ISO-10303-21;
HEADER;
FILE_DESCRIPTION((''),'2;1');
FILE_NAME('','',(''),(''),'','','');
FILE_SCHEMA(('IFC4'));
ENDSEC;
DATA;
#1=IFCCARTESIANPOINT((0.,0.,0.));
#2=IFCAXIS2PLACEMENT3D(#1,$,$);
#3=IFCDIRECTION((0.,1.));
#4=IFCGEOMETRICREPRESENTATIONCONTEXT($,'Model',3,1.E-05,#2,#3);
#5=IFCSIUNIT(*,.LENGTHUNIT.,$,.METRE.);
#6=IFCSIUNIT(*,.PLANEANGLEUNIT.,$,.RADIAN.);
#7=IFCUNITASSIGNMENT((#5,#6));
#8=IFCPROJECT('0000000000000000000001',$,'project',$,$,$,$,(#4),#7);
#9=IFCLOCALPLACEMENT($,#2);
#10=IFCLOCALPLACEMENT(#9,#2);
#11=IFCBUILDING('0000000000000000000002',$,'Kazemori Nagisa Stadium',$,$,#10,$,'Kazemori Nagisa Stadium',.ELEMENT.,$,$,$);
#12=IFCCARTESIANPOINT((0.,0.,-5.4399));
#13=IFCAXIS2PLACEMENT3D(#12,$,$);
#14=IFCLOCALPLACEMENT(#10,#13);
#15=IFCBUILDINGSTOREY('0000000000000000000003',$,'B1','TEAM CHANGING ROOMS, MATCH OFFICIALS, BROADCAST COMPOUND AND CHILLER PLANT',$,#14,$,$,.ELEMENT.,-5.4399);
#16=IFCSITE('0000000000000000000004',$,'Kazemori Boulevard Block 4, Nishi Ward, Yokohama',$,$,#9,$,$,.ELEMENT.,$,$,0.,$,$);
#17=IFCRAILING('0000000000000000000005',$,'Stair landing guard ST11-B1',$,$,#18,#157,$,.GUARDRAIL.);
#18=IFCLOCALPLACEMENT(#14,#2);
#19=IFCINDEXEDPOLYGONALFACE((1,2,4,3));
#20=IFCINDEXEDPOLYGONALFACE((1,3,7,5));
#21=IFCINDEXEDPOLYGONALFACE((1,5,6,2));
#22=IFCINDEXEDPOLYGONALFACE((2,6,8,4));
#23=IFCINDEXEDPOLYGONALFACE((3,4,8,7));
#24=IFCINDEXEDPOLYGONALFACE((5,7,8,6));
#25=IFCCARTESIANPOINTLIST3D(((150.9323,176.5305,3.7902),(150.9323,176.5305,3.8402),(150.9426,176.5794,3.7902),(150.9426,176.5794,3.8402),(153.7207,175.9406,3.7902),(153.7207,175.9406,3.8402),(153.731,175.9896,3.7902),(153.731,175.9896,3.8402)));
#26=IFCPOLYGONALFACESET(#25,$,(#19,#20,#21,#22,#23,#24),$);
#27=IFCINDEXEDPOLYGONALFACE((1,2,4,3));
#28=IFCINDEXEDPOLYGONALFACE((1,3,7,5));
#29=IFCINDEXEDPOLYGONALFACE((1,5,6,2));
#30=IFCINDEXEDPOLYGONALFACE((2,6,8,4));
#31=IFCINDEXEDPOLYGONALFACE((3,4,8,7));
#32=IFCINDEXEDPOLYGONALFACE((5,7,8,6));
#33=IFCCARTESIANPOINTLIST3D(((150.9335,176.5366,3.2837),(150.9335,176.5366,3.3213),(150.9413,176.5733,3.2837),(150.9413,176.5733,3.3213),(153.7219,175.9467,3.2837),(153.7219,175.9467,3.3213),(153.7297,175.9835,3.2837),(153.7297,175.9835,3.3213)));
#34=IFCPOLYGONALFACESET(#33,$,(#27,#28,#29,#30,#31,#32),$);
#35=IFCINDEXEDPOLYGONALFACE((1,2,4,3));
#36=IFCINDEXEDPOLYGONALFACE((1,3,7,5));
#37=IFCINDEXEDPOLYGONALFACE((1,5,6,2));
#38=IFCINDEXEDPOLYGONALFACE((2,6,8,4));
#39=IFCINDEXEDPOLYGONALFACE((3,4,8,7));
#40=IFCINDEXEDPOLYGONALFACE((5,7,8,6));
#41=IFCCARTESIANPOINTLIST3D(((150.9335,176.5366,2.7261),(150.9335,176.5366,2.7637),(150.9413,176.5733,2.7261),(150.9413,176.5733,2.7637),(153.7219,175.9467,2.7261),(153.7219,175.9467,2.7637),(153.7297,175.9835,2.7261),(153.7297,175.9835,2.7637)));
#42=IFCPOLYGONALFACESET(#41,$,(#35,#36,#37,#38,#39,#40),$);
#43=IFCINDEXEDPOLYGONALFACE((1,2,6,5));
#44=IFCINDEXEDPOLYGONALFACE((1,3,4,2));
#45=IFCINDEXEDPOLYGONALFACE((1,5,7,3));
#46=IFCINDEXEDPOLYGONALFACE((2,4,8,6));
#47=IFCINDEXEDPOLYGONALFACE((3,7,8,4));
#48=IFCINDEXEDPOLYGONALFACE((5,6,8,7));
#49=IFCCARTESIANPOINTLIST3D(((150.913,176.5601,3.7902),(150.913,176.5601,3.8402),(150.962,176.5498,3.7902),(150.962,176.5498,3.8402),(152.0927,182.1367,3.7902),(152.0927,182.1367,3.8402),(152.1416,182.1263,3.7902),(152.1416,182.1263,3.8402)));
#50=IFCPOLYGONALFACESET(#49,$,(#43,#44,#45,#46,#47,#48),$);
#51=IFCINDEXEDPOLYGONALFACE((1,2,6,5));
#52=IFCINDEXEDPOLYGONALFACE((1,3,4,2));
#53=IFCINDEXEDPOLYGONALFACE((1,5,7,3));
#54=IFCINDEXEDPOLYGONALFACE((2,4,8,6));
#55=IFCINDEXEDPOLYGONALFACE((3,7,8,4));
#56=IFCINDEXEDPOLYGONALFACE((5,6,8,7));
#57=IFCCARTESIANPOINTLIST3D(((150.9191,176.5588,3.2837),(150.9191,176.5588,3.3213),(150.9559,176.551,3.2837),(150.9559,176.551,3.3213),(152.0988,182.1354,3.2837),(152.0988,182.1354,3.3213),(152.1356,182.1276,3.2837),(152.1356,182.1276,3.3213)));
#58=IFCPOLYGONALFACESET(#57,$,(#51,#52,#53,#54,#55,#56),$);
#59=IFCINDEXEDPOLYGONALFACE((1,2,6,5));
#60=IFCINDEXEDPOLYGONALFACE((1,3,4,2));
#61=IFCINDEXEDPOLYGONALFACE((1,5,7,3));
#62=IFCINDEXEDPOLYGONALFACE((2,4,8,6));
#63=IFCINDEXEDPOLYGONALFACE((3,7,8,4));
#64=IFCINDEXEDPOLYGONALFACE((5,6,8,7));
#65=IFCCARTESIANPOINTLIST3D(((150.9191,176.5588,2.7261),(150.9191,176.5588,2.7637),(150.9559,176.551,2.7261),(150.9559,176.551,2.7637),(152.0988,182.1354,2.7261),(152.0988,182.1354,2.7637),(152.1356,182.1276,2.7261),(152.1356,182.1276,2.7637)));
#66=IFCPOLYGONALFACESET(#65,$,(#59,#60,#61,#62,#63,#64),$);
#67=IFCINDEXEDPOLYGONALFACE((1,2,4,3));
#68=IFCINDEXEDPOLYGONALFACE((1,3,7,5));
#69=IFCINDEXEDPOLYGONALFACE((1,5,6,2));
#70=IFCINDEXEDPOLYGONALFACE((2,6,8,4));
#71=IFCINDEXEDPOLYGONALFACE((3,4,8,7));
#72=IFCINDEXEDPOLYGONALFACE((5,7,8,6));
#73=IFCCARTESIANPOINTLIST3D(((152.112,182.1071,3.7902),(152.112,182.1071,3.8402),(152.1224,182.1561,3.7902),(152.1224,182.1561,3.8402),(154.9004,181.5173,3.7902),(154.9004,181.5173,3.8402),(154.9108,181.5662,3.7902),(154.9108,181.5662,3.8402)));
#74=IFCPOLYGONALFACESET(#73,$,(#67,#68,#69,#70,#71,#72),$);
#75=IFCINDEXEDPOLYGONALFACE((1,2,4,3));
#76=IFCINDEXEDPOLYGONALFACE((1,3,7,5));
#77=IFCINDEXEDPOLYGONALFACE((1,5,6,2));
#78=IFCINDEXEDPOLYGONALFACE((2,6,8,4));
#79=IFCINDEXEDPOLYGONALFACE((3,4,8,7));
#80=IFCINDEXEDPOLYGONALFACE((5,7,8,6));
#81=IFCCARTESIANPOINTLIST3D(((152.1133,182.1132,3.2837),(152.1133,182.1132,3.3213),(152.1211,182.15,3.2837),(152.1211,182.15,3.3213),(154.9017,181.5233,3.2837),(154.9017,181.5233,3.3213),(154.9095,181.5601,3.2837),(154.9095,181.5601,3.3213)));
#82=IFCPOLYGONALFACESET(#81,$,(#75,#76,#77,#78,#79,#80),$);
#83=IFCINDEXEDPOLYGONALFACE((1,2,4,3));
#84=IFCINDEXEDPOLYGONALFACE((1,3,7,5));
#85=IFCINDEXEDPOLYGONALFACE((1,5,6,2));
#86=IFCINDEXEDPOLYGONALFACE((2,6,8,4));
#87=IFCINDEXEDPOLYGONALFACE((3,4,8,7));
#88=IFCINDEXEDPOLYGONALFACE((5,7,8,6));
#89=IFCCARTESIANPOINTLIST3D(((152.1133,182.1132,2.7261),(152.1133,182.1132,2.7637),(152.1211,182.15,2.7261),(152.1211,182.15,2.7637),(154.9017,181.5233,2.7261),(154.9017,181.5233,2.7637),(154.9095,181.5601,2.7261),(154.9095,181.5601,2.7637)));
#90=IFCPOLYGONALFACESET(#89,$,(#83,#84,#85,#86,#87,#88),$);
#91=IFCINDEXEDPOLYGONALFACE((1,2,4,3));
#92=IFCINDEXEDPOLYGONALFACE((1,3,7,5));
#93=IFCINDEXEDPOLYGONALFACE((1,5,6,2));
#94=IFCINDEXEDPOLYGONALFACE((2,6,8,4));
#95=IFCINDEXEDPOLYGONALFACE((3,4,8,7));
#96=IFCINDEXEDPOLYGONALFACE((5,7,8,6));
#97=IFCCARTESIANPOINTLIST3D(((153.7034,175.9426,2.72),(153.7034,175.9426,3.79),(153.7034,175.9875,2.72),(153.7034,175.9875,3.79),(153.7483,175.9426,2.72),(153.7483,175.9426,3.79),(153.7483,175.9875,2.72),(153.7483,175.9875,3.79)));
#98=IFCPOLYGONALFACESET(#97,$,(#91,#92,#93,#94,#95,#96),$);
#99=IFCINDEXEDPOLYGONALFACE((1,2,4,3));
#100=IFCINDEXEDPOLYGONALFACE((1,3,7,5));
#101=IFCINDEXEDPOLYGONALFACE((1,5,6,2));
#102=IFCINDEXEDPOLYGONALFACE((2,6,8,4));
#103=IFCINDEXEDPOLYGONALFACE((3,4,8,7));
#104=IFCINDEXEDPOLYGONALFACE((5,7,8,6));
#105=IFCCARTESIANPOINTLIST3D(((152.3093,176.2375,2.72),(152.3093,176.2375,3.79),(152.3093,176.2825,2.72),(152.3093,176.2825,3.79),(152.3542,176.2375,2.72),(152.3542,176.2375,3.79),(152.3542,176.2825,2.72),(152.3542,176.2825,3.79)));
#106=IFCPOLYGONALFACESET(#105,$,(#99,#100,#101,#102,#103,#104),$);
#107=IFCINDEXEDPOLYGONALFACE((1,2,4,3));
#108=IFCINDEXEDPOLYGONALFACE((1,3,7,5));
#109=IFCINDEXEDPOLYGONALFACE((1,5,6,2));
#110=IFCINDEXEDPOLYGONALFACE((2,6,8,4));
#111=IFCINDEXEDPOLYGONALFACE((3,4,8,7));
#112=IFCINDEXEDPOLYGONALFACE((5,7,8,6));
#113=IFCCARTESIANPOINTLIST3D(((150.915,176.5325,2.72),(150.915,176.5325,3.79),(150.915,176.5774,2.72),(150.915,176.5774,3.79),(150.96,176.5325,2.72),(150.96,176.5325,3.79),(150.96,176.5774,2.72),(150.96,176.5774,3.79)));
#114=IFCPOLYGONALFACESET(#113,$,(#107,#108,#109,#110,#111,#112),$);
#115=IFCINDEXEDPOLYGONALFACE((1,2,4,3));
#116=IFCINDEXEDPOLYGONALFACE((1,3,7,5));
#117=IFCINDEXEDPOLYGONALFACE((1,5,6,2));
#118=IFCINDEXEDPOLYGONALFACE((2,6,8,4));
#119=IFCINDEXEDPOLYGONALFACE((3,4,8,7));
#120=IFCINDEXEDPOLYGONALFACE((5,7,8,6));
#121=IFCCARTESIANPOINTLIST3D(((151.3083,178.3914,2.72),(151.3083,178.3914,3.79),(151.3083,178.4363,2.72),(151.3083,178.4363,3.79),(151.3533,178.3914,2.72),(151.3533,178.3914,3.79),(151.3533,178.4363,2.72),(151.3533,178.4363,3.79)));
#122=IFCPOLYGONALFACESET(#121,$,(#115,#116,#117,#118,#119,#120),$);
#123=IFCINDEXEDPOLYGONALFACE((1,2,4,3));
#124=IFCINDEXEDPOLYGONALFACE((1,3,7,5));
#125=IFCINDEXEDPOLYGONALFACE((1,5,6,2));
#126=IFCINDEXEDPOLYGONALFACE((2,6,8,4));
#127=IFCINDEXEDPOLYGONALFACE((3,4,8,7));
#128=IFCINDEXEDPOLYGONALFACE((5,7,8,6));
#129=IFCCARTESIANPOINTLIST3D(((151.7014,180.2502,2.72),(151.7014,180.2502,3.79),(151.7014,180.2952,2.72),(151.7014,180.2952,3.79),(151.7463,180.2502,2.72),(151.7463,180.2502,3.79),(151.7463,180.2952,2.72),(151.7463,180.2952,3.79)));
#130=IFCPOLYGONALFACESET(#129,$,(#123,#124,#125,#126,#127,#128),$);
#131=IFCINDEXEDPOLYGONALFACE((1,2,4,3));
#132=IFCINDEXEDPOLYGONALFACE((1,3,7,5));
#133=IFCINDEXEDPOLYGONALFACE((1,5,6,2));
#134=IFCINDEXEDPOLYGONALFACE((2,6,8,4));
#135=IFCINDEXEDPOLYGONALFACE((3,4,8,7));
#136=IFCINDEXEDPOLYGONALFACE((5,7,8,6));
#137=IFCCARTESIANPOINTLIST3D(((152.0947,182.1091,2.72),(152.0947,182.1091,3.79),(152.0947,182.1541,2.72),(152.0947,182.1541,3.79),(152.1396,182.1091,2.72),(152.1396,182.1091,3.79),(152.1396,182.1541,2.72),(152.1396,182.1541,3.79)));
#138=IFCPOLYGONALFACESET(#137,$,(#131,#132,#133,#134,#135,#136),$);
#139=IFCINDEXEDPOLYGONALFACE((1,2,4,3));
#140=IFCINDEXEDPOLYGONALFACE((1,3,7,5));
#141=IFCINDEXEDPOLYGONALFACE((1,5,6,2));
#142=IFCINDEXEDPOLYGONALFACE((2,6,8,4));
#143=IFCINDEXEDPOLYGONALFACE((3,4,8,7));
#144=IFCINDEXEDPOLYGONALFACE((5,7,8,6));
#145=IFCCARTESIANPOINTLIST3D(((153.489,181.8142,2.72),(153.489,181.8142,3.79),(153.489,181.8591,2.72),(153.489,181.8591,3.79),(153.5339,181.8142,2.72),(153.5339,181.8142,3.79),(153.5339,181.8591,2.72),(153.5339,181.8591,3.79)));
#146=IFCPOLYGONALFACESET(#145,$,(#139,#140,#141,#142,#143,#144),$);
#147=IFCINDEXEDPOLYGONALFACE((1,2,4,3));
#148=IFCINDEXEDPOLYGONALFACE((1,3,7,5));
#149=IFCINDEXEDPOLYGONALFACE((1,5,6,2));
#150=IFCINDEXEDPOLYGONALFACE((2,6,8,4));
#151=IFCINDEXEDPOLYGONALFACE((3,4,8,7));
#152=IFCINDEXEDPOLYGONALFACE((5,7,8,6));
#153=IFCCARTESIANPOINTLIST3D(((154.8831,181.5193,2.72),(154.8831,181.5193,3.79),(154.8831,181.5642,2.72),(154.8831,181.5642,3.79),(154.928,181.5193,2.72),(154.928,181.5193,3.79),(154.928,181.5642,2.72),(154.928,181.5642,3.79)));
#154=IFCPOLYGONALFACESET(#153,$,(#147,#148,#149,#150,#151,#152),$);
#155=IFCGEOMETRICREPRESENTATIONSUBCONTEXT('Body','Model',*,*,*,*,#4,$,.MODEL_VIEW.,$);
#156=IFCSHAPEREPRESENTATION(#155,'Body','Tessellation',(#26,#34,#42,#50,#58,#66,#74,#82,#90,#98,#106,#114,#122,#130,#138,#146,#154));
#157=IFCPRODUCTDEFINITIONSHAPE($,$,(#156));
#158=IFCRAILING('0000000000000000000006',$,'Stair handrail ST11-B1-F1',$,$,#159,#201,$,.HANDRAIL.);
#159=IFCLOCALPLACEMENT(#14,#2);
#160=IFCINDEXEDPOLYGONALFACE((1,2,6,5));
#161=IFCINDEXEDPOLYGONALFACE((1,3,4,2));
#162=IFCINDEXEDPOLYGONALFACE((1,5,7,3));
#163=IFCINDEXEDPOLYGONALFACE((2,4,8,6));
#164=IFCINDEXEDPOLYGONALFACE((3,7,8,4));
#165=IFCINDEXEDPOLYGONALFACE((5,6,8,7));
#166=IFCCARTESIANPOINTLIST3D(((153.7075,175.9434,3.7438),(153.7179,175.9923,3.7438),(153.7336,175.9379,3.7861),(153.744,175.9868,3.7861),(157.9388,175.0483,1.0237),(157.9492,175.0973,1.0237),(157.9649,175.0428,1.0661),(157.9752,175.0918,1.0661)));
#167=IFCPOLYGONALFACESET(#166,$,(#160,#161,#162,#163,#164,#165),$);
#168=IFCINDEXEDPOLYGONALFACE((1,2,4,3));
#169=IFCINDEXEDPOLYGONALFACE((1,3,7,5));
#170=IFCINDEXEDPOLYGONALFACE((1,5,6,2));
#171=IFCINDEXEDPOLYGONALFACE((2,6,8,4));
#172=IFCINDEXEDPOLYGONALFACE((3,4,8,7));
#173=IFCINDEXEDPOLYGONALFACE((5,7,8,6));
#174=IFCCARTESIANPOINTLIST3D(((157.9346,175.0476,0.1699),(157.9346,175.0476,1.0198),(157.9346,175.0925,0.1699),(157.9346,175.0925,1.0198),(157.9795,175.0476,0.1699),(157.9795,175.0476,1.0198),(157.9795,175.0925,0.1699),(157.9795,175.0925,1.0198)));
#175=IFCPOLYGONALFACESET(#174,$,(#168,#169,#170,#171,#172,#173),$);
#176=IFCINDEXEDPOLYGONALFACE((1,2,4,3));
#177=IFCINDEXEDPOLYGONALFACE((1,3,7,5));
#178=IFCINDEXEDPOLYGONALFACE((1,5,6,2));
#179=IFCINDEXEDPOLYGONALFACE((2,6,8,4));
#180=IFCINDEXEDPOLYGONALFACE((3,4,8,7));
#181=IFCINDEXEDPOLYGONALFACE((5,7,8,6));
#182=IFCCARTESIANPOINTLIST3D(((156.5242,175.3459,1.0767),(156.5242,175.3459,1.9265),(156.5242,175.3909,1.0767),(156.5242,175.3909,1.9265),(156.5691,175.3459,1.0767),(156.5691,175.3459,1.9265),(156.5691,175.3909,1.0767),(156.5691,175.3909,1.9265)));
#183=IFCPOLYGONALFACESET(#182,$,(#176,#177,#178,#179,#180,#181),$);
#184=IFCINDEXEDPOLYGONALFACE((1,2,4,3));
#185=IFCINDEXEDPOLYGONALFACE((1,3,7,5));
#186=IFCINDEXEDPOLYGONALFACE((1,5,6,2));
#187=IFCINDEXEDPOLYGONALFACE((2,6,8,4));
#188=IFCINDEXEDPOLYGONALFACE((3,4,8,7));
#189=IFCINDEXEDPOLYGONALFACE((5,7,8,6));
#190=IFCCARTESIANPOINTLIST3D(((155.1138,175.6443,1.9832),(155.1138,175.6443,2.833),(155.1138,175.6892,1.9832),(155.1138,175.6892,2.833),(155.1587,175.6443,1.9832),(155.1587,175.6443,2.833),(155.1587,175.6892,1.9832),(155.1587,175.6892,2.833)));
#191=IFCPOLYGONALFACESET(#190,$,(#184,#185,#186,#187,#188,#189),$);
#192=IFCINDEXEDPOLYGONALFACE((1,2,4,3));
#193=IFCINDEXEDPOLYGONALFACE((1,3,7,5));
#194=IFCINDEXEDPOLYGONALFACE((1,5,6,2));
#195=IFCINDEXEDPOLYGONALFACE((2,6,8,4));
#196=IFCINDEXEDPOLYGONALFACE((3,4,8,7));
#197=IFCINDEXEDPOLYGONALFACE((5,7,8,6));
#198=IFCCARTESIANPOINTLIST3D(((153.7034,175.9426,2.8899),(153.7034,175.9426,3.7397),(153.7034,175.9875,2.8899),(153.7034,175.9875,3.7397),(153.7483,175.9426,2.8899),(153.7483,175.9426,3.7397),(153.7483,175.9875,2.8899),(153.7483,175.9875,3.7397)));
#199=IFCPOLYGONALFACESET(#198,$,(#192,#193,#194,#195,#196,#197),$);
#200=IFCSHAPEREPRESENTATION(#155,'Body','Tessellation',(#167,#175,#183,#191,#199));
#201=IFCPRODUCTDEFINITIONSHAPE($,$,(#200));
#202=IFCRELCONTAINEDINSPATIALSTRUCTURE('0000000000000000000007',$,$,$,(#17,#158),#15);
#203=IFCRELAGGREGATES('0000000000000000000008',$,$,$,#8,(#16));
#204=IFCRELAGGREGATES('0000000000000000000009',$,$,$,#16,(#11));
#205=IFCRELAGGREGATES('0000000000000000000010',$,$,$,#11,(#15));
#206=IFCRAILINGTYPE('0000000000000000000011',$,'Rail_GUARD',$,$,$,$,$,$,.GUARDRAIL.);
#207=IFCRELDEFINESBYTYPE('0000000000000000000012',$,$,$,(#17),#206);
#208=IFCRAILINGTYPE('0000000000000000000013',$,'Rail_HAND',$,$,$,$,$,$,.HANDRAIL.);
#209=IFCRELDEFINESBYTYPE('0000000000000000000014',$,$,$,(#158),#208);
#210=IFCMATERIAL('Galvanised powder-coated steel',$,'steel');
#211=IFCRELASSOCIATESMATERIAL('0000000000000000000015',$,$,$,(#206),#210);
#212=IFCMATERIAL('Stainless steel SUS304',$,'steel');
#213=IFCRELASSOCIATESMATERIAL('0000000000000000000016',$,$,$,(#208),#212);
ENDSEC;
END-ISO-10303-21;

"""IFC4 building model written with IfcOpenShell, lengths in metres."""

from ifc_helpers import new_model, si_unit, direction, frame, origin, origin_2d, place, context, subcontext, project, spatial, rectangle, extrude, material, type_object, element, save


model = new_model("IFC4")

# Units and contexts
model_context = context("Model", 3, precision=1e-05, world=origin(), true_north=direction((0.0, 1.0)))
body_context = subcontext(model_context, "Body", "Model", "MODEL_VIEW")
ifc_project = project(units=[si_unit("LENGTHUNIT", "METRE"), si_unit("PLANEANGLEUNIT", "RADIAN")], contexts=[model_context])

# Site, building, storey
site_placement = place(None, origin())
site = spatial("IfcSite", under=ifc_project, at=site_placement, Name="Kazemori Boulevard Block 4, Nishi Ward, Yokohama", CompositionType="ELEMENT", RefElevation=0.0)
building_placement = place(site_placement, origin())
building = spatial("IfcBuilding", under=site, at=building_placement, Name="Kazemori Nagisa Stadium", LongName="Kazemori Nagisa Stadium", CompositionType="ELEMENT")
storey_placement = place(building_placement, frame((0.0, 0.0, -5.4399)))
storey = spatial("IfcBuildingStorey", under=building, at=storey_placement, Name="B1", Description="TEAM CHANGING ROOMS, MATCH OFFICIALS, BROADCAST COMPOUND AND CHILLER PLANT", CompositionType="ELEMENT", Elevation=-5.4399)

# Shared definitions
ifc_material_1 = material(Name="Stainless steel SUS304", Category="steel")

# Railings
ifc_material_2 = material(Name="Galvanised powder-coated steel", Category="steel")
railing_type_1 = type_object("IfcRailingType", Name="Rail_GUARD", PredefinedType="GUARDRAIL", material=ifc_material_2)
railing_1_placement = place(storey_placement, frame((153.7258, 175.9651, 2.72)))
element("IfcRailing", 1, at=railing_1_placement, inside=storey, type_object=railing_type_1, Name="Stair landing guard ST11-B1", PredefinedType="GUARDRAIL", context=body_context, shape_type="SweptSolid", body=[
    extrude(rectangle(XDim=0.05, YDim=0.05, at=origin_2d()), frame((0.0, 0.0, 1.0952), z_axis=(-0.978349, 0.20696, 0.0), x_axis=(-0.20696, -0.978349, 0.0)), (0.0, 0.0, 1.0), 2.8501),
    extrude(rectangle(XDim=0.0376, YDim=0.0376, at=origin_2d()), frame((0.0, 0.0, 0.5825), z_axis=(-0.978349, 0.20696, 0.0), x_axis=(-0.20696, -0.978349, 0.0)), (0.0, 0.0, 1.0), 2.8501),
    extrude(rectangle(XDim=0.0376, YDim=0.0376, at=origin_2d()), frame((0.0, 0.0, 0.0249), z_axis=(-0.978349, 0.20696, 0.0), x_axis=(-0.20696, -0.978349, 0.0)), (0.0, 0.0, 1.0), 2.8501),
    extrude(rectangle(XDim=0.05, YDim=0.05, at=origin_2d()), frame((-2.7883, 0.5898, 1.0952), z_axis=(0.20696, 0.978349, 0.0), x_axis=(-0.978349, 0.20696, 0.0)), (0.0, 0.0, 1.0), 5.7),
    extrude(rectangle(XDim=0.0376, YDim=0.0376, at=origin_2d()), frame((-2.7883, 0.5898, 0.5825), z_axis=(0.20696, 0.978349, 0.0), x_axis=(-0.978349, 0.20696, 0.0)), (0.0, 0.0, 1.0), 5.7),
    extrude(rectangle(XDim=0.0376, YDim=0.0376, at=origin_2d()), frame((-2.7883, 0.5898, 0.0249), z_axis=(0.20696, 0.978349, 0.0), x_axis=(-0.978349, 0.20696, 0.0)), (0.0, 0.0, 1.0), 5.7),
    extrude(rectangle(XDim=0.05, YDim=0.05, at=origin_2d()), frame((-1.6086, 6.1665, 1.0952), z_axis=(0.978349, -0.20696, 0.0), x_axis=(0.20696, 0.978349, 0.0)), (0.0, 0.0, 1.0), 2.8501),
    extrude(rectangle(XDim=0.0376, YDim=0.0376, at=origin_2d()), frame((-1.6086, 6.1665, 0.5825), z_axis=(0.978349, -0.20696, 0.0), x_axis=(0.20696, 0.978349, 0.0)), (0.0, 0.0, 1.0), 2.8501),
    extrude(rectangle(XDim=0.0376, YDim=0.0376, at=origin_2d()), frame((-1.6086, 6.1665, 0.0249), z_axis=(0.978349, -0.20696, 0.0), x_axis=(0.20696, 0.978349, 0.0)), (0.0, 0.0, 1.0), 2.8501),
    extrude(rectangle(XDim=0.0449, YDim=0.0449, at=origin_2d()), origin(), (0.0, 0.0, 1.0), 1.0701),
    extrude(rectangle(XDim=0.0449, YDim=0.0449, at=origin_2d()), frame((-1.394, 0.2949, 0.0)), (0.0, 0.0, 1.0), 1.0701),
    extrude(rectangle(XDim=0.0449, YDim=0.0449, at=origin_2d()), frame((-2.7883, 0.5898, 0.0)), (0.0, 0.0, 1.0), 1.0701),
    extrude(rectangle(XDim=0.0449, YDim=0.0449, at=origin_2d()), frame((-2.395, 2.4487, 0.0)), (0.0, 0.0, 1.0), 1.0701),
    extrude(rectangle(XDim=0.0449, YDim=0.0449, at=origin_2d()), frame((-2.002, 4.3076, 0.0)), (0.0, 0.0, 1.0), 1.0701),
    extrude(rectangle(XDim=0.0449, YDim=0.0449, at=origin_2d()), frame((-1.6086, 6.1665, 0.0)), (0.0, 0.0, 1.0), 1.0701),
    extrude(rectangle(XDim=0.0449, YDim=0.0449, at=origin_2d()), frame((-0.2144, 5.8716, 0.0)), (0.0, 0.0, 1.0), 1.0701),
    extrude(rectangle(XDim=0.0449, YDim=0.0449, at=origin_2d()), frame((1.1797, 5.5767, 0.0)), (0.0, 0.0, 1.0), 1.0701),
])
railing_type_2 = type_object("IfcRailingType", Name="Rail_HAND", PredefinedType="HANDRAIL", material=ifc_material_1)
railing_2_placement = place(storey_placement, frame((157.957, 175.0701, 0.1699)))
element("IfcRailing", 2, at=railing_2_placement, inside=storey, type_object=railing_type_2, Name="Stair handrail ST11-B1-F1", PredefinedType="HANDRAIL", context=body_context, shape_type="SweptSolid", body=[
    extrude(rectangle(XDim=0.05, YDim=0.05, at=origin_2d()), frame((0.0, 0.0, 0.875), z_axis=(-0.828178, 0.175183, 0.532383), x_axis=(-0.206949, -0.978352, 0.0)), (0.0, 0.0, 1.0), 5.1091),
    extrude(rectangle(XDim=0.0449, YDim=0.0449, at=origin_2d()), origin(), (0.0, 0.0, 1.0), 0.8499),
    extrude(rectangle(XDim=0.0449, YDim=0.0449, at=origin_2d()), frame((-1.4104, 0.2983, 0.9067)), (0.0, 0.0, 1.0), 0.8499),
    extrude(rectangle(XDim=0.0449, YDim=0.0449, at=origin_2d()), frame((-2.8208, 0.5967, 1.8132)), (0.0, 0.0, 1.0), 0.8499),
    extrude(rectangle(XDim=0.0449, YDim=0.0449, at=origin_2d()), frame((-4.2312, 0.895, 2.72)), (0.0, 0.0, 1.0), 0.8499),
])

save(model, "model.ifc")
